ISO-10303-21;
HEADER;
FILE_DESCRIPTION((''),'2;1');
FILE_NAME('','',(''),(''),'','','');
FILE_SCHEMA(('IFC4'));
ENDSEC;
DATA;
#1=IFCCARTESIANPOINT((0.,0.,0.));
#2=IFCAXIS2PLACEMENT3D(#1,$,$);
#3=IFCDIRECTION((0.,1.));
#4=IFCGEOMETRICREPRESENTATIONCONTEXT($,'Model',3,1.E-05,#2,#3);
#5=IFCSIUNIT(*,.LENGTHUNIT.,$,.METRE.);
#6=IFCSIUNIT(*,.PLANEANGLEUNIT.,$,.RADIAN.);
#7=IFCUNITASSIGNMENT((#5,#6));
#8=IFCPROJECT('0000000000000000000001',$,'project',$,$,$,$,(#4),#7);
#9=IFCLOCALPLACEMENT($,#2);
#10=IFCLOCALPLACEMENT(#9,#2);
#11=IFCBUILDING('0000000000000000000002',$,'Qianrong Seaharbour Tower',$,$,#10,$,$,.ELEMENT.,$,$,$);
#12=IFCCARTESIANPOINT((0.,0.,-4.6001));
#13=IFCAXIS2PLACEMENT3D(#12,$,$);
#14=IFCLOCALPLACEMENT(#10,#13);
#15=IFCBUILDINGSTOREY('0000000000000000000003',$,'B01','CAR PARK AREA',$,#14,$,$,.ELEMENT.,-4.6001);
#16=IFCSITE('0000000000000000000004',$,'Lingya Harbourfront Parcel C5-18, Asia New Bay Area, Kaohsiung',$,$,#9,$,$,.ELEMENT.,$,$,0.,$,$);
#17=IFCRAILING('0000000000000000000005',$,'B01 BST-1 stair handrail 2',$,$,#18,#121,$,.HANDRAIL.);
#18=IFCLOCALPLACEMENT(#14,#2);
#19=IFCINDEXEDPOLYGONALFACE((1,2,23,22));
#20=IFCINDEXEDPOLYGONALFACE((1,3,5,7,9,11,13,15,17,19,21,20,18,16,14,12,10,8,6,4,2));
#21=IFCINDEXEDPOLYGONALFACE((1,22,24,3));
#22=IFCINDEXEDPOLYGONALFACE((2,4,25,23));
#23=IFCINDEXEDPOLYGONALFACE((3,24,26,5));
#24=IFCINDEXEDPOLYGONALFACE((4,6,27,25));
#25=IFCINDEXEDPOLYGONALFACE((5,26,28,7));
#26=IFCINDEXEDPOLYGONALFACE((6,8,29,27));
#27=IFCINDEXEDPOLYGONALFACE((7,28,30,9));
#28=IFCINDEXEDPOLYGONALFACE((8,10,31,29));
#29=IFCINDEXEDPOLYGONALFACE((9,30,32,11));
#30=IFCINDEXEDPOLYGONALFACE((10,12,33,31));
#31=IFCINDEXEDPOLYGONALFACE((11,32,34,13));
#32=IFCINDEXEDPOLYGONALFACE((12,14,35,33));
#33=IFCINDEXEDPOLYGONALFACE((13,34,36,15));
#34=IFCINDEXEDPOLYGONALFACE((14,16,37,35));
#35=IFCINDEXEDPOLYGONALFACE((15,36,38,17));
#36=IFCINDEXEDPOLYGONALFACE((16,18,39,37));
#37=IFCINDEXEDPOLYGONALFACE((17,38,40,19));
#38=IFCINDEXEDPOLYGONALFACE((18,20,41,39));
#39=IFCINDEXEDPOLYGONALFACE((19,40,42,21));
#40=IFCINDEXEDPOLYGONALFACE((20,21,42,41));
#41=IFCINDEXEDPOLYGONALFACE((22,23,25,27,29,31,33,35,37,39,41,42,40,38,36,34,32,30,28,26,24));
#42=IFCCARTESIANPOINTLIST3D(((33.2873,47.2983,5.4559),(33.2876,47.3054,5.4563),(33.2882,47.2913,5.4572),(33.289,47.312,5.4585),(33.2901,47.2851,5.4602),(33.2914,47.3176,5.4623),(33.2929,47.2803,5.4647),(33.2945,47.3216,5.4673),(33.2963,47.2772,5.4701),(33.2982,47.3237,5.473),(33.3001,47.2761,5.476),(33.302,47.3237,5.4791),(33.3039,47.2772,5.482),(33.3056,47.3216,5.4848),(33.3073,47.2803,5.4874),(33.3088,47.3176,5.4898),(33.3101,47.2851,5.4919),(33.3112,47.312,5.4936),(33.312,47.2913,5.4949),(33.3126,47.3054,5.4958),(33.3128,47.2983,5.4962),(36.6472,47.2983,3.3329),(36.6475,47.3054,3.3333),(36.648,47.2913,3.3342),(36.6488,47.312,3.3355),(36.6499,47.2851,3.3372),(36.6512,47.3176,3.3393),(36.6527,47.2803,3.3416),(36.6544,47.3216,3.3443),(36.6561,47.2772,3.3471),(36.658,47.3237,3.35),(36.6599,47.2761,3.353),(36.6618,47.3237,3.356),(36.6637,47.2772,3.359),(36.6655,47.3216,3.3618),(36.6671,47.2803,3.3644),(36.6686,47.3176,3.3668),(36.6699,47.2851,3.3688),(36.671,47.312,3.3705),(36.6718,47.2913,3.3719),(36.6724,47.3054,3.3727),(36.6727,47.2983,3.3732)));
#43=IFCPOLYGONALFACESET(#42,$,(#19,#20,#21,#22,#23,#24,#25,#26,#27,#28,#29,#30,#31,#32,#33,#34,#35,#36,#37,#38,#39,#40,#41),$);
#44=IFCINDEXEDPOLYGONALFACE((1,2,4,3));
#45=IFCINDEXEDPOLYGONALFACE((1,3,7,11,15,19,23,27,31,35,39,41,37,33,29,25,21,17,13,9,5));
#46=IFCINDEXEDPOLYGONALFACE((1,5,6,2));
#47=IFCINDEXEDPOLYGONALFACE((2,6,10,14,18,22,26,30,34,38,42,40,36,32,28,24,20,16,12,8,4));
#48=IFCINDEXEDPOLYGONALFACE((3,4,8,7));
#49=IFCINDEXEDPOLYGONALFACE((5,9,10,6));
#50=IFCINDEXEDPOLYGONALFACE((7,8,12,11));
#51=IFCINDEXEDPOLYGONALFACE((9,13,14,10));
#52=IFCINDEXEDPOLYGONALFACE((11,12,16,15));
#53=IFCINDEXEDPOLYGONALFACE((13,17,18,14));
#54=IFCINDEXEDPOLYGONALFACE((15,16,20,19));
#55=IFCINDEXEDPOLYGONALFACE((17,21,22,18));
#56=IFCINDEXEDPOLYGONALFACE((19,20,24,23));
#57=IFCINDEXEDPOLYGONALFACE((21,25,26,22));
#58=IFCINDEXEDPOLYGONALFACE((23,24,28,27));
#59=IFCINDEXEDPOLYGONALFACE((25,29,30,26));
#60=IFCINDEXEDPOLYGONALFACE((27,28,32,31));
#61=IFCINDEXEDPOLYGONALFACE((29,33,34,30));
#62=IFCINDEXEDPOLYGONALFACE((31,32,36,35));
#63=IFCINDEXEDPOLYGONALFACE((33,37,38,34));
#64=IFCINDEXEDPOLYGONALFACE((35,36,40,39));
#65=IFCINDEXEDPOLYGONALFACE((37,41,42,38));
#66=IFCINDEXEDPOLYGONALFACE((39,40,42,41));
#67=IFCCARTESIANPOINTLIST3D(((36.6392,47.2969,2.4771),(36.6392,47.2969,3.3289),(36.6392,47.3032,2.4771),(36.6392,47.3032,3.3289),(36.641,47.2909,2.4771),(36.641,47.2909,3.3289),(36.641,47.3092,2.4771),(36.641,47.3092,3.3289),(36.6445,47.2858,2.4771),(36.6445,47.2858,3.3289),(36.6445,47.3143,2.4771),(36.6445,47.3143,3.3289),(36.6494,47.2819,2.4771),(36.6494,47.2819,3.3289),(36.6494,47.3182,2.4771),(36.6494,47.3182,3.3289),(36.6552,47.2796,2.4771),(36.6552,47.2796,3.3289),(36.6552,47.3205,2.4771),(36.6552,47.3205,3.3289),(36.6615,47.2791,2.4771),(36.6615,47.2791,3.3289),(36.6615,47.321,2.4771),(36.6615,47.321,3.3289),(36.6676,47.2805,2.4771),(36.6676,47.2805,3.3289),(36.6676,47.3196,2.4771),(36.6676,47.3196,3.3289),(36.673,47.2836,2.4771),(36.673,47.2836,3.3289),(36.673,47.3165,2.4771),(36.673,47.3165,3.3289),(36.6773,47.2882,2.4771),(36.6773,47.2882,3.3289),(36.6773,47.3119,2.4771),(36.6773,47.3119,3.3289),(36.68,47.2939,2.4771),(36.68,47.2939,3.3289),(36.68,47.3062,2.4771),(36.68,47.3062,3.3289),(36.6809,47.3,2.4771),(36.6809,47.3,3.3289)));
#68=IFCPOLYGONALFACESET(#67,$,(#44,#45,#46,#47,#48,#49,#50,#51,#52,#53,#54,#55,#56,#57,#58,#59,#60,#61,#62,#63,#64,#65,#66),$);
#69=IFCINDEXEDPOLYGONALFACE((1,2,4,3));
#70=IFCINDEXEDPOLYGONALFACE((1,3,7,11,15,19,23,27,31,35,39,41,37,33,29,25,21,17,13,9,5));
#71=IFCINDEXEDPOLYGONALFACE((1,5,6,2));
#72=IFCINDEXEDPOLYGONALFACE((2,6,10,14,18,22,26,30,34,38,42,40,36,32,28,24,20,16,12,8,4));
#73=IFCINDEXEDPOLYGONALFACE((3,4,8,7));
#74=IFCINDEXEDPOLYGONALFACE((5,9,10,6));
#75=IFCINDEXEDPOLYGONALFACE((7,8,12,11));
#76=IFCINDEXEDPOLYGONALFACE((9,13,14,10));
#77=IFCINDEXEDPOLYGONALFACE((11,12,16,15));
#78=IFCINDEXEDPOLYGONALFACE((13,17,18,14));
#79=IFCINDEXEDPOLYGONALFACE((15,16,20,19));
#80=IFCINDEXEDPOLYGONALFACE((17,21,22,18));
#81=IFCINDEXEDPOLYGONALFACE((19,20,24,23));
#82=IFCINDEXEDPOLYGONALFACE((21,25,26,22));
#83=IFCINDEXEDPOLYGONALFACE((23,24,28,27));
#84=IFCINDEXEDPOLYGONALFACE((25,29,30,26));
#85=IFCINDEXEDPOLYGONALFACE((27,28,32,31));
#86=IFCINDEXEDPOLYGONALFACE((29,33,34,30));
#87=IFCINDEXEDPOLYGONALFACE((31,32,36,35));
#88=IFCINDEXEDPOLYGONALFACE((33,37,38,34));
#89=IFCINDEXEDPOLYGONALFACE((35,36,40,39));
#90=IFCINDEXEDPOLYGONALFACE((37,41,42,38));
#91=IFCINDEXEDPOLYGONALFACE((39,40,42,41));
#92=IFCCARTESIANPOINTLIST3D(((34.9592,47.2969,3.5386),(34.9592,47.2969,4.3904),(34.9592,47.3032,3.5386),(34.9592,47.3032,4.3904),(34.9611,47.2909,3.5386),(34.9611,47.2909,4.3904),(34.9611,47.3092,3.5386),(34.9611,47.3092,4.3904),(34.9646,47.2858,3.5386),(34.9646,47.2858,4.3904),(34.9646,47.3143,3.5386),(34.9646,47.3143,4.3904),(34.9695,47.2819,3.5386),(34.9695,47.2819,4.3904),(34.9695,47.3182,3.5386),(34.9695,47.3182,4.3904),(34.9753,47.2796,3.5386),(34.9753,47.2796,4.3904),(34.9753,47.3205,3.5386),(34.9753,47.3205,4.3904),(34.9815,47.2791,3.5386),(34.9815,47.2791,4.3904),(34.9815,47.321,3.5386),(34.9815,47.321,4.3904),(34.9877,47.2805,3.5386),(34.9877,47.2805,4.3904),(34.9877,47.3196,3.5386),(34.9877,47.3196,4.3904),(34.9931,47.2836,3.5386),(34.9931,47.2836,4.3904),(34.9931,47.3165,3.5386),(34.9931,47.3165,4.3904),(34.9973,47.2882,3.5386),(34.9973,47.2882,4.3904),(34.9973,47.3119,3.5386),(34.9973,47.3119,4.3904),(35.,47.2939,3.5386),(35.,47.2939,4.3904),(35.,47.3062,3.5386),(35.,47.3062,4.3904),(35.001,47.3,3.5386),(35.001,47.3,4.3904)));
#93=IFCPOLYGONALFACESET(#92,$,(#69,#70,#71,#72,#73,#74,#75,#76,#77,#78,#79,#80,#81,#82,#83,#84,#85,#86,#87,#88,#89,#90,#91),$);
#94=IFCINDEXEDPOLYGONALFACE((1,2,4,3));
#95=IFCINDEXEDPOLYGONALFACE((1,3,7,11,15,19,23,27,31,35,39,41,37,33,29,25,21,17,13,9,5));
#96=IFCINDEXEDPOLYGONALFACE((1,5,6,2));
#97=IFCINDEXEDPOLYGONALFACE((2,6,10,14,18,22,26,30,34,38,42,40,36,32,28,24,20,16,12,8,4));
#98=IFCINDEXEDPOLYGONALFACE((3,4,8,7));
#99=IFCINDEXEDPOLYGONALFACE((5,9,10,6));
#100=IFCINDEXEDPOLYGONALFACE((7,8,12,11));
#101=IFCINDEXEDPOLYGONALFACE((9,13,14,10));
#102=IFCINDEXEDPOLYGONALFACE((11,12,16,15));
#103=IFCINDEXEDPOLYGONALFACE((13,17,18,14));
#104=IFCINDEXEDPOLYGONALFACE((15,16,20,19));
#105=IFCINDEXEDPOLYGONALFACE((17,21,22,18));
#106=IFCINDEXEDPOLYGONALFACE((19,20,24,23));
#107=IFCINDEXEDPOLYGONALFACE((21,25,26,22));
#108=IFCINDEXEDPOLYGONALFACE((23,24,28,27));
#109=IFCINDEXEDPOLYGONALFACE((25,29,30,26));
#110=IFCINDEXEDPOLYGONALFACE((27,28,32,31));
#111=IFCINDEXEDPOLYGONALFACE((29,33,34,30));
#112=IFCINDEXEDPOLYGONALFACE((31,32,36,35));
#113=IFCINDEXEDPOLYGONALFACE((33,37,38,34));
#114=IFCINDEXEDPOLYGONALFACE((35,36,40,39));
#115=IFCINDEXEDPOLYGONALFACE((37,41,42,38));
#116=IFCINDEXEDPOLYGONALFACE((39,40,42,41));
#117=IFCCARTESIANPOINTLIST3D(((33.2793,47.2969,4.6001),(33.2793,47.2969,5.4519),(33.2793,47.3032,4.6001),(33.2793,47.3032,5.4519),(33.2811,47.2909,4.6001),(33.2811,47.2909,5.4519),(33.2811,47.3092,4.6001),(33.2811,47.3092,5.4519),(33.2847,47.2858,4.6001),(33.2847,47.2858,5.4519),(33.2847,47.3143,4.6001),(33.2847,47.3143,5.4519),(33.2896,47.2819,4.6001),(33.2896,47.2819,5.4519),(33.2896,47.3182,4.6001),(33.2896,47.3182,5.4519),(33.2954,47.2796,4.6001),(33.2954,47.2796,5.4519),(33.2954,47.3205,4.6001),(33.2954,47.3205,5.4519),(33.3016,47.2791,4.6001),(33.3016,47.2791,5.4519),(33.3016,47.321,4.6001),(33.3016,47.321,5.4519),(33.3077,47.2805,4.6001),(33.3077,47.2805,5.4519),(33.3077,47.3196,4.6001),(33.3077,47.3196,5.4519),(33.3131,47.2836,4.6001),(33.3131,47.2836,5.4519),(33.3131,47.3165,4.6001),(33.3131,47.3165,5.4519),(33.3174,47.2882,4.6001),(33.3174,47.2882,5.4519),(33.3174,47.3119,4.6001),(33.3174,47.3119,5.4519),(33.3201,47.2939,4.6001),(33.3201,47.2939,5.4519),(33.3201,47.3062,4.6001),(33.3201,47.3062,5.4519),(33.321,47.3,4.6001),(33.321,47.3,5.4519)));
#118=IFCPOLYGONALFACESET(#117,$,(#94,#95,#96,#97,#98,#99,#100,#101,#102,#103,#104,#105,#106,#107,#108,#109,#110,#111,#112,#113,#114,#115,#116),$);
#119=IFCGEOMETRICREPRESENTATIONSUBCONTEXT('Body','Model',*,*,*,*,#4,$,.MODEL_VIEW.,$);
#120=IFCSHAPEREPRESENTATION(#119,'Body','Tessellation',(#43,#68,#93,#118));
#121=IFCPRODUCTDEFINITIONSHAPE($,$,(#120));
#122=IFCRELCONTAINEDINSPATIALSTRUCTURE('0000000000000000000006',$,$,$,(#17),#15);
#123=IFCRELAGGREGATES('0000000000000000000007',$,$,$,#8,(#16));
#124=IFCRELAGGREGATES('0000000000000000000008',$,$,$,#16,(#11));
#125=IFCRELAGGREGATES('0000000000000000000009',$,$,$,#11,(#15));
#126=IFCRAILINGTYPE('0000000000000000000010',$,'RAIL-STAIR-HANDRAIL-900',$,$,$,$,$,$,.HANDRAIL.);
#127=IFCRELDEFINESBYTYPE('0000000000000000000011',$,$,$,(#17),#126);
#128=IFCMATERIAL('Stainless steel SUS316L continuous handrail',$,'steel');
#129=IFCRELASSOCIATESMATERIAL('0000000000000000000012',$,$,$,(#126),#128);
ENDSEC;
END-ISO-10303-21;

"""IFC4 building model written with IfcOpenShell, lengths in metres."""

from ifc_helpers import new_model, si_unit, direction, frame, origin, origin_2d, place, context, subcontext, project, spatial, circle, extrude, material, type_object, element, save


model = new_model("IFC4")

# Units and contexts
model_context = context("Model", 3, precision=1e-05, world=origin(), true_north=direction((0.0, 1.0)))
body_context = subcontext(model_context, "Body", "Model", "MODEL_VIEW")
ifc_project = project(units=[si_unit("LENGTHUNIT", "METRE"), si_unit("PLANEANGLEUNIT", "RADIAN")], contexts=[model_context])

# Site, building, storey
site_placement = place(None, origin())
site = spatial("IfcSite", under=ifc_project, at=site_placement, Name="Lingya Harbourfront Parcel C5-18, Asia New Bay Area, Kaohsiung", CompositionType="ELEMENT", RefElevation=0.0)
building_placement = place(site_placement, origin())
building = spatial("IfcBuilding", under=site, at=building_placement, Name="Qianrong Seaharbour Tower", CompositionType="ELEMENT")
storey_placement = place(building_placement, frame((0.0, 0.0, -4.6001)))
storey = spatial("IfcBuildingStorey", under=building, at=storey_placement, Name="B01", Description="CAR PARK AREA", CompositionType="ELEMENT", Elevation=-4.6001)

# Railing
ifc_material_1 = material(Name="Stainless steel SUS316L continuous handrail", Category="steel")
railing_type_1 = type_object("IfcRailingType", Name="RAIL-STAIR-HANDRAIL-900", PredefinedType="HANDRAIL", material=ifc_material_1)
railing_1_placement = place(storey_placement, frame((36.6599, 47.3, 2.4771)))
element("IfcRailing", 1, at=railing_1_placement, inside=storey, type_object=railing_type_1, Name="B01 BST-1 stair handrail 2", PredefinedType="HANDRAIL", context=body_context, shape_type="SweptSolid", body=[
    extrude(circle(Radius=0.0239, at=origin_2d()), frame((0.0, 0.0, 0.876), z_axis=(-0.845372, 0.0, 0.534178), x_axis=(0.0, -1.0, 0.0)), (0.0, 0.0, 1.0), 3.9744),
    extrude(circle(Radius=0.021, at=origin_2d()), origin(), (0.0, 0.0, 1.0), 0.8518),
    extrude(circle(Radius=0.021, at=origin_2d()), frame((-1.6799, 0.0, 1.0615)), (0.0, 0.0, 1.0), 0.8518),
    extrude(circle(Radius=0.021, at=origin_2d()), frame((-3.3599, 0.0, 2.123)), (0.0, 0.0, 1.0), 0.8518),
])

save(model, "model.ifc")
